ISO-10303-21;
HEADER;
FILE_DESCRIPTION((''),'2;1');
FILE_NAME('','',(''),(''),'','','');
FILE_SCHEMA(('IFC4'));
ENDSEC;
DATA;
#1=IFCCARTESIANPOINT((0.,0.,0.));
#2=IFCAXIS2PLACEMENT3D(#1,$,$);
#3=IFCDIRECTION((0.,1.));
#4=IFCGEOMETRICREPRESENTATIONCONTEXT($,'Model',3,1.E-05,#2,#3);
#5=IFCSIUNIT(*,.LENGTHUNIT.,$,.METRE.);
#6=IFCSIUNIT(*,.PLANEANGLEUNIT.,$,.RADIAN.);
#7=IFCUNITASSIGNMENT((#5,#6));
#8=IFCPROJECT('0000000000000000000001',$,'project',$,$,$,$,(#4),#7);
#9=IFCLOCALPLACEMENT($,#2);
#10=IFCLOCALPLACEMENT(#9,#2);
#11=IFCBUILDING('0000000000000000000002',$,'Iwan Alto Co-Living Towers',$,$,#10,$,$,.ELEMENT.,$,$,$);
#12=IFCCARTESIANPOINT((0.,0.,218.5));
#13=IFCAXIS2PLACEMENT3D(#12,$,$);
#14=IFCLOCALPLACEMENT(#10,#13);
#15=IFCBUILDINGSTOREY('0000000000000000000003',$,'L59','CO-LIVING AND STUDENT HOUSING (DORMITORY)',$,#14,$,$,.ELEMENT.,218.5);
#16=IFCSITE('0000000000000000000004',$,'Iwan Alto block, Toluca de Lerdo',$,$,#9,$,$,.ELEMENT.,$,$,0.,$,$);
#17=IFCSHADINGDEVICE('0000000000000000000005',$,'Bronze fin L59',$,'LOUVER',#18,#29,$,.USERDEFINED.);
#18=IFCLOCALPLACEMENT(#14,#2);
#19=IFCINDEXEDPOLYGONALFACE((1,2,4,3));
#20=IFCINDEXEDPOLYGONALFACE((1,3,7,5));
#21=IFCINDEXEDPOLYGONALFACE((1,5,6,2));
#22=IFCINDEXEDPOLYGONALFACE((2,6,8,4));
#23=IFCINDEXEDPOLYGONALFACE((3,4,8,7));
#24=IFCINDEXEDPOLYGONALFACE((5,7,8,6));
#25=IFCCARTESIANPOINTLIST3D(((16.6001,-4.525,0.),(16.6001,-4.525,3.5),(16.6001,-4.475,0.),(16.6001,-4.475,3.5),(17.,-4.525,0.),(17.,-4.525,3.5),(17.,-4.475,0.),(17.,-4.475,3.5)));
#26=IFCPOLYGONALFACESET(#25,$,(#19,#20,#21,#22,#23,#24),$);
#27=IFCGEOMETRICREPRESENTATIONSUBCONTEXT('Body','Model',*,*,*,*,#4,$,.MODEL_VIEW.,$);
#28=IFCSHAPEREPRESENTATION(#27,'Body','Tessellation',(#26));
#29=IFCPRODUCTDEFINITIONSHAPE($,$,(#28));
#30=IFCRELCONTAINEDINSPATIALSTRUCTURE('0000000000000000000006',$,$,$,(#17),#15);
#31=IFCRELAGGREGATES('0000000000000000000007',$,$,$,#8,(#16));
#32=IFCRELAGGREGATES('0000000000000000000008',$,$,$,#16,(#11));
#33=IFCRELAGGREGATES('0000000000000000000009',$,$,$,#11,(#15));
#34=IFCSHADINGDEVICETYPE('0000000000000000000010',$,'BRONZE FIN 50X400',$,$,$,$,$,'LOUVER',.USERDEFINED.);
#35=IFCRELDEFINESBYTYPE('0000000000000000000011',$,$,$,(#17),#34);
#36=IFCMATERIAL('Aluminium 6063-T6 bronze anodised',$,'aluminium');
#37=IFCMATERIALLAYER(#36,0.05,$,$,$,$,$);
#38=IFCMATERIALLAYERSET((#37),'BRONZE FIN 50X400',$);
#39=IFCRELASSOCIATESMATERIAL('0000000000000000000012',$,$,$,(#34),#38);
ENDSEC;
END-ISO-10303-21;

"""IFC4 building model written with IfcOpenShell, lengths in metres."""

from ifc_helpers import new_model, si_unit, direction, frame, origin, origin_2d, place, context, subcontext, project, spatial, rectangle, extrude, material, layer, layer_set, type_object, element, save


model = new_model("IFC4")

# Units and contexts
model_context = context("Model", 3, precision=1e-05, world=origin(), true_north=direction((0.0, 1.0)))
body_context = subcontext(model_context, "Body", "Model", "MODEL_VIEW")
ifc_project = project(units=[si_unit("LENGTHUNIT", "METRE"), si_unit("PLANEANGLEUNIT", "RADIAN")], contexts=[model_context])

# Site, building, storey
site_placement = place(None, origin())
site = spatial("IfcSite", under=ifc_project, at=site_placement, Name="Iwan Alto block, Toluca de Lerdo", CompositionType="ELEMENT", RefElevation=0.0)
building_placement = place(site_placement, origin())
building = spatial("IfcBuilding", under=site, at=building_placement, Name="Iwan Alto Co-Living Towers", CompositionType="ELEMENT")
storey_placement = place(building_placement, frame((0.0, 0.0, 218.5)))
storey = spatial("IfcBuildingStorey", under=building, at=storey_placement, Name="L59", Description="CO-LIVING AND STUDENT HOUSING (DORMITORY)", CompositionType="ELEMENT", Elevation=218.5)

# Shading device
ifc_material_1 = material(Name="Aluminium 6063-T6 bronze anodised", Category="aluminium")
ifc_layer_1 = layer(ifc_material_1, 0.05)
ifc_layer_set_1 = layer_set([ifc_layer_1], Name="BRONZE FIN 50X400")
shading_device_type = type_object("IfcShadingDeviceType", Name="BRONZE FIN 50X400", ElementType="LOUVER", PredefinedType="USERDEFINED", material=ifc_layer_set_1)
shading_device_placement = place(storey_placement, frame((16.8, -4.5, 0.0), z_axis=(0.0, 0.0, 1.0), x_axis=(0.0, 1.0, 0.0)))
element("IfcShadingDevice", 1, at=shading_device_placement, inside=storey, type_object=shading_device_type, Name="Bronze fin L59", ObjectType="LOUVER", PredefinedType="USERDEFINED", context=body_context, shape_type="SweptSolid", body=[
    extrude(rectangle(XDim=0.05, YDim=0.3999, at=origin_2d()), origin(), (0.0, 0.0, 1.0), 3.5),
])

save(model, "model.ifc")
